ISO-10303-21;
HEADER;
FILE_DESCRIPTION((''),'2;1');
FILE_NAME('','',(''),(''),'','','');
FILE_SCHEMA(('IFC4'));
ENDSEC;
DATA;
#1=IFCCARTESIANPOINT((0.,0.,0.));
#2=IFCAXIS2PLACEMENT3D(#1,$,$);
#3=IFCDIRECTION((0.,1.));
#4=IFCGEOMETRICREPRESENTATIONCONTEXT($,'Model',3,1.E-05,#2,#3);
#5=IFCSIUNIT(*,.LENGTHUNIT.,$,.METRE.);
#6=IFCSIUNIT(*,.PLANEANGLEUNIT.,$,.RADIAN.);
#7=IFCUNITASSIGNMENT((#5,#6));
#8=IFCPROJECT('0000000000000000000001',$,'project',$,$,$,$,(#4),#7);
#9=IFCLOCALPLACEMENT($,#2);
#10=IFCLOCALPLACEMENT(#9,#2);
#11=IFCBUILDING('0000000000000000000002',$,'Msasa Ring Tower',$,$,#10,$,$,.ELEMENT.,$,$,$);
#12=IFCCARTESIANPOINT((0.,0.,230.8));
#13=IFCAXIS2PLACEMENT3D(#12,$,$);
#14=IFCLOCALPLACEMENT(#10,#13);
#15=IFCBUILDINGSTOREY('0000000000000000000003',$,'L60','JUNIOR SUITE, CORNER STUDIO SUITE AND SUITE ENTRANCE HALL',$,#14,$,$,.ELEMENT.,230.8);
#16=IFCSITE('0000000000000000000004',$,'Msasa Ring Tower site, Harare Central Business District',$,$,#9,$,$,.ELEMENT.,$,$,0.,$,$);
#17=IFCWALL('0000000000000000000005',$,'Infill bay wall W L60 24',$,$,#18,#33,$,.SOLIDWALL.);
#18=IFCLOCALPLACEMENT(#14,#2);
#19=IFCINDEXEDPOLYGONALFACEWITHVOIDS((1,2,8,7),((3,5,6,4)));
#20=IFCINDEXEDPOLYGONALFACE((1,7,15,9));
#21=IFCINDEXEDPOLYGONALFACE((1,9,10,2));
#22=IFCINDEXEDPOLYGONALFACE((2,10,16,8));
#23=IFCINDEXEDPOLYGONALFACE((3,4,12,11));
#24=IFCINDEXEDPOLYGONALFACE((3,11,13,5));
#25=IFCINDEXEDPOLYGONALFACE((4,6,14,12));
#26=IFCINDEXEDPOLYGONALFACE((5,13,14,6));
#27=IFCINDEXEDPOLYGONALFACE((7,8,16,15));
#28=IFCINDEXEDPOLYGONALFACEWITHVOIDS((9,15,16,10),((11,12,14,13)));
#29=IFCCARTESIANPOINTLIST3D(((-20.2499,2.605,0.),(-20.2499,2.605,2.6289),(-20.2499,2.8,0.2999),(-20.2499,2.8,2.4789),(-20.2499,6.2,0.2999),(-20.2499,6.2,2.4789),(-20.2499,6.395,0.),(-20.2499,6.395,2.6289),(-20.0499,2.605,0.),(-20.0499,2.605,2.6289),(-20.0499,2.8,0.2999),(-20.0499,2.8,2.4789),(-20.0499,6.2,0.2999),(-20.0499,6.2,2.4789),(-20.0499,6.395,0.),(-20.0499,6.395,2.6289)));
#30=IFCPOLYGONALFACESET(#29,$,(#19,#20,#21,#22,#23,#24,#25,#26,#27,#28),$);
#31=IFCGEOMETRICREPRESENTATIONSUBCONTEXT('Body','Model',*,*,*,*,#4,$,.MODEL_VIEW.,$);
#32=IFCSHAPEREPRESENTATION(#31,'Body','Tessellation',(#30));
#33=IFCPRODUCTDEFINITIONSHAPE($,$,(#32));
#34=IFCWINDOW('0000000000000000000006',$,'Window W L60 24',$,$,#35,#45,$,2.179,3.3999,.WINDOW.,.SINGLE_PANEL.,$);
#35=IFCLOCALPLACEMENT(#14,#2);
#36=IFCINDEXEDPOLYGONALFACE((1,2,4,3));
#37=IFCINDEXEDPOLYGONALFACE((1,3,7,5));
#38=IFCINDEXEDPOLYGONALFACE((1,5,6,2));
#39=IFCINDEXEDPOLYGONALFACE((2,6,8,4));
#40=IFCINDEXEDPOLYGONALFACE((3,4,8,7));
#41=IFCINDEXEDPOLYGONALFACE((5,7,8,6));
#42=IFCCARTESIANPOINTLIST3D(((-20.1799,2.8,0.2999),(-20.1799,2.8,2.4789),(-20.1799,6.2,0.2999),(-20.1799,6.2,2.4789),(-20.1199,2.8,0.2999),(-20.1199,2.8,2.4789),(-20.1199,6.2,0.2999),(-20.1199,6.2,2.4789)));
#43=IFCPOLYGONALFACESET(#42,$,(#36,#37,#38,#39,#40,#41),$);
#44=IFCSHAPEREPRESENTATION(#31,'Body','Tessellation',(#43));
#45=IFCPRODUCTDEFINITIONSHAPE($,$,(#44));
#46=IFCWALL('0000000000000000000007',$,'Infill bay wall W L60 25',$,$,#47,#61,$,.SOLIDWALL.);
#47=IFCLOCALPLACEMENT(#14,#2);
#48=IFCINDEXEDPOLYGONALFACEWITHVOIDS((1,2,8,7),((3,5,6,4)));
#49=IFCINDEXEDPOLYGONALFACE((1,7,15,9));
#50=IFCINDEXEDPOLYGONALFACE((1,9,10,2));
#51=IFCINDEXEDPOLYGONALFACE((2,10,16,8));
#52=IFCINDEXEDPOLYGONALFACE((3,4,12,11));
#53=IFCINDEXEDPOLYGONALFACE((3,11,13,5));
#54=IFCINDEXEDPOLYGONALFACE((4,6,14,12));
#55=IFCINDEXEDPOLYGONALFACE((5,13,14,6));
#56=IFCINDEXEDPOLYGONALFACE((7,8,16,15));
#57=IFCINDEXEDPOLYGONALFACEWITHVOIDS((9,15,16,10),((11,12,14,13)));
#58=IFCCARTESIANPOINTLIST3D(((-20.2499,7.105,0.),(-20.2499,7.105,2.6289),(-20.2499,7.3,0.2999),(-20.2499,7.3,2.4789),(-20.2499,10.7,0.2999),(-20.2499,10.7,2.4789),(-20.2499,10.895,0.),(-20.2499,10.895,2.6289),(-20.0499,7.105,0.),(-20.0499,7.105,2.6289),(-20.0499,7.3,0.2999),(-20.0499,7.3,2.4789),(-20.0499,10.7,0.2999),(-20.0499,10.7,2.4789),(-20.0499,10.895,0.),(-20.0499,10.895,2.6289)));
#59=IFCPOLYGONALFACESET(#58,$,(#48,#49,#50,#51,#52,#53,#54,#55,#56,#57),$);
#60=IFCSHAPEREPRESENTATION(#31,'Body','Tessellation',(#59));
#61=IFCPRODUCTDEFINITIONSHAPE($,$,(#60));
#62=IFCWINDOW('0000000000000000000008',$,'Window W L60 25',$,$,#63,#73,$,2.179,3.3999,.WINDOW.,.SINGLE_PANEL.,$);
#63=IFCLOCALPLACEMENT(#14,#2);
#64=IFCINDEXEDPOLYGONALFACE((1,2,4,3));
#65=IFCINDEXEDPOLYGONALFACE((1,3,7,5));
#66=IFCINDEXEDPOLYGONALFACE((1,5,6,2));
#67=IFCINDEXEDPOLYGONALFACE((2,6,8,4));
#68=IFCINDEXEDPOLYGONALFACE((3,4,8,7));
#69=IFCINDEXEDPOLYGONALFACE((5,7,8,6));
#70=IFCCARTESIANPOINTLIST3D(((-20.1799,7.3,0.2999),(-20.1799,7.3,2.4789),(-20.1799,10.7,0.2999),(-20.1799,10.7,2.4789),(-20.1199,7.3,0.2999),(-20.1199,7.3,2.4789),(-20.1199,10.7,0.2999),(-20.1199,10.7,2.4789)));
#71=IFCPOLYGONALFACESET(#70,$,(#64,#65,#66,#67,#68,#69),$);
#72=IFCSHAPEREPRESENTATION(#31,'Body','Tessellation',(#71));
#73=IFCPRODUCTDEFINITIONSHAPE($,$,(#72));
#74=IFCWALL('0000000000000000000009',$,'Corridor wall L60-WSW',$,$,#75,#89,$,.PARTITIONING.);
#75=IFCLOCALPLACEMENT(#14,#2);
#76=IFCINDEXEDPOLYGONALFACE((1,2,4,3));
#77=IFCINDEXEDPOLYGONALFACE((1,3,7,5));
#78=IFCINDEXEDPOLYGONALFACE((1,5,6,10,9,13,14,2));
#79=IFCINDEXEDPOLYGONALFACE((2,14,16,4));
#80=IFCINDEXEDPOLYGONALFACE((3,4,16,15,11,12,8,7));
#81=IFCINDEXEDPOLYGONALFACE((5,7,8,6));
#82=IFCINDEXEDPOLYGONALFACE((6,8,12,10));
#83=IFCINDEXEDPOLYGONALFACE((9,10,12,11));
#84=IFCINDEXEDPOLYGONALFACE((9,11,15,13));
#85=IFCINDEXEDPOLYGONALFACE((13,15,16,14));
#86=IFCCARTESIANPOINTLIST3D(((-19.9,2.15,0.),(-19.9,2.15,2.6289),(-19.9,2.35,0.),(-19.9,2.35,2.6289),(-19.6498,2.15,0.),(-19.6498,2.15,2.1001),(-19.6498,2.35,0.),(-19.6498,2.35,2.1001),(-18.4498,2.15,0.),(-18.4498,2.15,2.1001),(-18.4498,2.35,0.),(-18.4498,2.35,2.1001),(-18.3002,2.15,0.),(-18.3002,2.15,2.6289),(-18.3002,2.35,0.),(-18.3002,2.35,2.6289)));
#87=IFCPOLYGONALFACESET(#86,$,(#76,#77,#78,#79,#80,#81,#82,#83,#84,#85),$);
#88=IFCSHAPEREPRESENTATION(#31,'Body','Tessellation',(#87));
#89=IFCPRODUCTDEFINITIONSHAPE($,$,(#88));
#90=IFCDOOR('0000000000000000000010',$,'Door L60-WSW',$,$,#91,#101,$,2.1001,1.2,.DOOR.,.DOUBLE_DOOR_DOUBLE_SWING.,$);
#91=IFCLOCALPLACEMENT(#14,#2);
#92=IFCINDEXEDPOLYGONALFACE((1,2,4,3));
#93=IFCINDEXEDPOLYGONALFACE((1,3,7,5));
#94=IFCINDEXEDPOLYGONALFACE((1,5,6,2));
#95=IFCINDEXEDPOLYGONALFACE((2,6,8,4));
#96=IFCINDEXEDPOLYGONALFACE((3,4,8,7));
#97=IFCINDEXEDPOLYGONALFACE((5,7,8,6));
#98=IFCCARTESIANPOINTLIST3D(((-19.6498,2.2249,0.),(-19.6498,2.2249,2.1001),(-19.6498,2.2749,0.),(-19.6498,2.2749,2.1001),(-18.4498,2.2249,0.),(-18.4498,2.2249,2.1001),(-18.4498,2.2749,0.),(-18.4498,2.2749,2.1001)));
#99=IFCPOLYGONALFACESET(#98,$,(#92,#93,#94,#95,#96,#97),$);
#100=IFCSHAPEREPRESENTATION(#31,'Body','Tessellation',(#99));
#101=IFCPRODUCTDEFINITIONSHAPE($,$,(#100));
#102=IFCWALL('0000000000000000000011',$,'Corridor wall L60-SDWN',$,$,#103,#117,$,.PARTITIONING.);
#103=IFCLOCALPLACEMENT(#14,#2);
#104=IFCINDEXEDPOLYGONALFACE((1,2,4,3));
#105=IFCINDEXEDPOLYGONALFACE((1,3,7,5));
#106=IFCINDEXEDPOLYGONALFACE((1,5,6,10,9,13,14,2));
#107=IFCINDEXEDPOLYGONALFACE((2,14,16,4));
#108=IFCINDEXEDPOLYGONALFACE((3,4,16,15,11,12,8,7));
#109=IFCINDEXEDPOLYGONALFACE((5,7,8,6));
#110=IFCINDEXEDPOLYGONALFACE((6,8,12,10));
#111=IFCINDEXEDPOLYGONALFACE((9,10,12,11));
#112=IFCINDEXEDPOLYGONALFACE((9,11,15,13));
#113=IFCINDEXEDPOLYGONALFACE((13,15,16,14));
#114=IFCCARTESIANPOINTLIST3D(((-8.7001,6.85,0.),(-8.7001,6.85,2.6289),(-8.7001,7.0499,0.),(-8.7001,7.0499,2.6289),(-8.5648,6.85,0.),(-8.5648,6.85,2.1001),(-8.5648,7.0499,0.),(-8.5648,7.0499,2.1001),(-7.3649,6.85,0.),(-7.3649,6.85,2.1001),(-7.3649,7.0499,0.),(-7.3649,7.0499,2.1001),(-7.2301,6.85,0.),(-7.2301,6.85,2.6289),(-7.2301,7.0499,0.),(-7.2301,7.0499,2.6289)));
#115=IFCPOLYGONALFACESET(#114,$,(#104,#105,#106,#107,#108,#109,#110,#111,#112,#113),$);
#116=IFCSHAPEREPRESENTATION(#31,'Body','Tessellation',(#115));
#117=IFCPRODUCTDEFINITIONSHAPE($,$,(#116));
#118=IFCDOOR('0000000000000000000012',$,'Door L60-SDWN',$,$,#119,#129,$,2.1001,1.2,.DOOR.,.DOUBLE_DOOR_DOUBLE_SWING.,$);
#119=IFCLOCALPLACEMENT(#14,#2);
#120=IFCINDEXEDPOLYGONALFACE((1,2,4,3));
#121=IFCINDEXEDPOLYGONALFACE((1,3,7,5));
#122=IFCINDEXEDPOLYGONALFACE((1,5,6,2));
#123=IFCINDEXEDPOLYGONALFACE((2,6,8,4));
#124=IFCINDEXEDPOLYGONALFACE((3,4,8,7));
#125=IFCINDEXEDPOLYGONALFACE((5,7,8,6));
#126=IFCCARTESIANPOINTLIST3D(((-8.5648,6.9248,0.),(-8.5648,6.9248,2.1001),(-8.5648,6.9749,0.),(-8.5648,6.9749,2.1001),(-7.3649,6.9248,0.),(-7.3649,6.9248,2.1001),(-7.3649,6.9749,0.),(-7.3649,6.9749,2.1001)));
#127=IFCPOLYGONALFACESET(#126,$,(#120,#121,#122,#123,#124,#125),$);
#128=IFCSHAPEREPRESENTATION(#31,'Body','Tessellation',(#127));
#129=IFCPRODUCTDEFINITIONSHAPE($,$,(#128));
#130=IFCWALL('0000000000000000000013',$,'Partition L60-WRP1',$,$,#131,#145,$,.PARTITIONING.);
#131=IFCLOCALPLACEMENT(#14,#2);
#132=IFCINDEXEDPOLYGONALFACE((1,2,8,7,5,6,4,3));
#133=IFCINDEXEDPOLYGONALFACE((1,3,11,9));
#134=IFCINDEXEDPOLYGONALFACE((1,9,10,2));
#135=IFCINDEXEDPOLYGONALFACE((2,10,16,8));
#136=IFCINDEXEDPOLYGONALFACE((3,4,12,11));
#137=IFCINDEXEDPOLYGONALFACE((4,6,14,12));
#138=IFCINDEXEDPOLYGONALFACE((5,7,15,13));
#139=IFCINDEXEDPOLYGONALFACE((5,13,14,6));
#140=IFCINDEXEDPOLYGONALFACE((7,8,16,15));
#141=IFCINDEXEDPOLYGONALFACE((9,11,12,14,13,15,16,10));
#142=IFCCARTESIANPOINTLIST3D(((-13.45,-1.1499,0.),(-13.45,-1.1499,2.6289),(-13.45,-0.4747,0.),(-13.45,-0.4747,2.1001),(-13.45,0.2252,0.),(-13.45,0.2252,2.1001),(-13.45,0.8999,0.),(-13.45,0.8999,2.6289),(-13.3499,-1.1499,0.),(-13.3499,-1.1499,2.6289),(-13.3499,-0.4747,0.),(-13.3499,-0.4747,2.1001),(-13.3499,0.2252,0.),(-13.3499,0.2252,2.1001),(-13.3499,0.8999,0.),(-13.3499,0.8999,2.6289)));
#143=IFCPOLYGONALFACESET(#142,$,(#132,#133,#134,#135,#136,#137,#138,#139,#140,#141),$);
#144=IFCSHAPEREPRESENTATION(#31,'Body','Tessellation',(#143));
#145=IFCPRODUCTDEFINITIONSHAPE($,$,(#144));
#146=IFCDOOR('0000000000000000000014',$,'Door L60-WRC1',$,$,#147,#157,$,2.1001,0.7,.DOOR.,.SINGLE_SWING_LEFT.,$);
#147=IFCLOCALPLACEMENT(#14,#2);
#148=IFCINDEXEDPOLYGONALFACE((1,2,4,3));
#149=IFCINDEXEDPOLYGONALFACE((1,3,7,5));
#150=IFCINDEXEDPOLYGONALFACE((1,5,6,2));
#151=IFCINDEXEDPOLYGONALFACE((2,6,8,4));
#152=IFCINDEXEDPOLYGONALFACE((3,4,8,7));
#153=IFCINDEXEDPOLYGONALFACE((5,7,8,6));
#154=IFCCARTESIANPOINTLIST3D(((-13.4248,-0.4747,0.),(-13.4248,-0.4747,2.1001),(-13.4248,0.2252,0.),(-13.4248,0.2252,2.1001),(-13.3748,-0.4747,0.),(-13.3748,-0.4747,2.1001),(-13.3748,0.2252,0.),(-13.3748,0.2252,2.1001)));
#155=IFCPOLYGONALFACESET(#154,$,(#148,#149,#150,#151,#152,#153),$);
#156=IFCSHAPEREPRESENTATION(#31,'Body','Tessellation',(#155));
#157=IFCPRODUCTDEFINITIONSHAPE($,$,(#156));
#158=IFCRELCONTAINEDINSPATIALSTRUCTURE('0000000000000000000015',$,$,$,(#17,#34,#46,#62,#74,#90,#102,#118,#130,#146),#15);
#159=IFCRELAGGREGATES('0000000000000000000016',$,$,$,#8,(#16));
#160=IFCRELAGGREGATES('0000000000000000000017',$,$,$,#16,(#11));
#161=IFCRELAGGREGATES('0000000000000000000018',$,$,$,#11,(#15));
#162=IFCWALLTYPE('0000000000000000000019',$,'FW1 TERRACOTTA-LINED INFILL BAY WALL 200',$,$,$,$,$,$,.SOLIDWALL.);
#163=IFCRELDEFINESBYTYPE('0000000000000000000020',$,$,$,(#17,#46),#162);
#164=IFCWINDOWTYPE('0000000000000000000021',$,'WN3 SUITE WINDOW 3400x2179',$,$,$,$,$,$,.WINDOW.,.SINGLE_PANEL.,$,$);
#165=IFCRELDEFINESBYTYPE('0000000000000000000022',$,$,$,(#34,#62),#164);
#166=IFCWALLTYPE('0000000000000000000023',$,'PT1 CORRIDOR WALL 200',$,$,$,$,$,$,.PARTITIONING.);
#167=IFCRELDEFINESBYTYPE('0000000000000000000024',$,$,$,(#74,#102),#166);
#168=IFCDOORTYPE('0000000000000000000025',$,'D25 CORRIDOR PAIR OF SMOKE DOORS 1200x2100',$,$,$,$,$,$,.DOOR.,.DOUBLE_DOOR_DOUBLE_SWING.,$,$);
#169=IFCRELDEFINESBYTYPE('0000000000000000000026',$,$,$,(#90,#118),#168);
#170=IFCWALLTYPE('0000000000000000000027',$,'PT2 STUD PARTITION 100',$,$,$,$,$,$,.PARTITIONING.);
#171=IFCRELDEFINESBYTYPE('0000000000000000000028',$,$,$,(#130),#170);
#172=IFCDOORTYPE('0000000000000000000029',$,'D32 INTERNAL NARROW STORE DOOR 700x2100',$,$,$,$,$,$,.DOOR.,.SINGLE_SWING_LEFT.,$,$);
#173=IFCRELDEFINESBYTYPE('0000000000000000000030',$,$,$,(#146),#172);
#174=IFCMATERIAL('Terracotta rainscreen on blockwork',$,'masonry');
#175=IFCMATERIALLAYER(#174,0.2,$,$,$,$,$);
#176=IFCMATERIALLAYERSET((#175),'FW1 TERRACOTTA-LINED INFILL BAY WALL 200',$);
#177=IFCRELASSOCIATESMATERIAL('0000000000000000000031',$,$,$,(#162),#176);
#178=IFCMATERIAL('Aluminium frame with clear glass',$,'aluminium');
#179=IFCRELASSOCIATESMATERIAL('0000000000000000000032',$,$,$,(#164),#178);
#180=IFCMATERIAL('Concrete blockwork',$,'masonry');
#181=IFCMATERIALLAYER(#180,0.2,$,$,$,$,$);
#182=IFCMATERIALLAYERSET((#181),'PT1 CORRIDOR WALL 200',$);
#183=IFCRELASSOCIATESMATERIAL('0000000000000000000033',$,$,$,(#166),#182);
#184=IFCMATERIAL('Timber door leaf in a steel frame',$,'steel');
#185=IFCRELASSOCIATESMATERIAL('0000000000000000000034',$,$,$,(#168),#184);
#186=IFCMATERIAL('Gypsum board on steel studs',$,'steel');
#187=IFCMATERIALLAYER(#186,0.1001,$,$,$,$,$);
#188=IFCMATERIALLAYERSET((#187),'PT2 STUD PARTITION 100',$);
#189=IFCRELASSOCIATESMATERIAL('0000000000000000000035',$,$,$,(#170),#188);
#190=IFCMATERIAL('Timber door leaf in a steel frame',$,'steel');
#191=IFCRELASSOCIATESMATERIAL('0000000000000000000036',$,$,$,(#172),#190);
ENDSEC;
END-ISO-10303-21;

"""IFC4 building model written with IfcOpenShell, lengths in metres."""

from ifc_helpers import new_model, si_unit, direction, frame, frame_2d, origin, place, context, subcontext, project, spatial, rectangle, extrude, material, layer, layer_set, type_object, element, fill, save


model = new_model("IFC4")

# Units and contexts
model_context = context("Model", 3, precision=1e-05, world=origin(), true_north=direction((0.0, 1.0)))
body_context = subcontext(model_context, "Body", "Model", "MODEL_VIEW")
ifc_project = project(units=[si_unit("LENGTHUNIT", "METRE"), si_unit("PLANEANGLEUNIT", "RADIAN")], contexts=[model_context])

# Site, building, storey
site_placement = place(None, origin())
site = spatial("IfcSite", under=ifc_project, at=site_placement, Name="Msasa Ring Tower site, Harare Central Business District", CompositionType="ELEMENT", RefElevation=0.0)
building_placement = place(site_placement, origin())
building = spatial("IfcBuilding", under=site, at=building_placement, Name="Msasa Ring Tower", CompositionType="ELEMENT")
storey_placement = place(building_placement, frame((0.0, 0.0, 230.8)))
storey = spatial("IfcBuildingStorey", under=building, at=storey_placement, Name="L60", Description="JUNIOR SUITE, CORNER STUDIO SUITE AND SUITE ENTRANCE HALL", CompositionType="ELEMENT", Elevation=230.8)

# Walls, openings, windows
ifc_material_1 = material(Name="Terracotta rainscreen on blockwork", Category="masonry")
ifc_layer_1 = layer(ifc_material_1, 0.2)
ifc_layer_set_1 = layer_set([ifc_layer_1], Name="FW1 TERRACOTTA-LINED INFILL BAY WALL 200")
wall_type_1 = type_object("IfcWallType", Name="FW1 TERRACOTTA-LINED INFILL BAY WALL 200", PredefinedType="SOLIDWALL", material=ifc_layer_set_1)
wall_1_placement = place(storey_placement, frame((-20.1499, 2.605, 0.0), z_axis=(0.0, 0.0, 1.0), x_axis=(0.0, 1.0, 0.0)))
wall_1 = element("IfcWall", 1, at=wall_1_placement, inside=storey, type_object=wall_type_1, Name="Infill bay wall W L60 24", PredefinedType="SOLIDWALL", context=body_context, shape_type="SweptSolid", body=[
    extrude(rectangle(XDim=3.79, YDim=0.2, at=frame_2d((1.895, 0.0))), origin(), (0.0, 0.0, 1.0), 2.6289),
])
opening_1_placement = place(wall_1_placement, frame((0.1951, 0.0, 0.3)))
opening_1 = element("IfcOpeningElement", 2, at=opening_1_placement, cuts=wall_1, PredefinedType="OPENING", context=body_context, shape_type="SweptSolid", body=[
    extrude(rectangle(XDim=3.3999, YDim=2.179, at=frame_2d((1.7, 1.0894))), frame((0.0, 0.1099, 0.0), z_axis=(0.0, -1.0, 0.0), x_axis=(1.0, 0.0, 0.0)), (0.0, 0.0, 1.0), 0.22),
])
ifc_material_2 = material(Name="Aluminium frame with clear glass", Category="aluminium")
window_type = type_object("IfcWindowType", Name="WN3 SUITE WINDOW 3400x2179", PartitioningType="SINGLE_PANEL", PredefinedType="WINDOW", material=ifc_material_2)
window_1_placement = place(opening_1_placement, origin())
window_1 = element("IfcWindow", 3, at=window_1_placement, inside=storey, type_object=window_type, Name="Window W L60 24", OverallHeight=2.179, OverallWidth=3.3999, PartitioningType="SINGLE_PANEL", PredefinedType="WINDOW", context=body_context, shape_type="SweptSolid", body=[
    extrude(rectangle(XDim=3.3999, YDim=2.179, at=frame_2d((1.7, 1.0894))), frame((0.0, 0.03, 0.0), z_axis=(0.0, -1.0, 0.0), x_axis=(1.0, 0.0, 0.0)), (0.0, 0.0, 1.0), 0.0601),
])
fill(opening_1, window_1)
wall_2_placement = place(storey_placement, frame((-20.1499, 7.105, 0.0), z_axis=(0.0, 0.0, 1.0), x_axis=(0.0, 1.0, 0.0)))
wall_2 = element("IfcWall", 4, at=wall_2_placement, inside=storey, type_object=wall_type_1, Name="Infill bay wall W L60 25", PredefinedType="SOLIDWALL", context=body_context, shape_type="SweptSolid", body=[
    extrude(rectangle(XDim=3.79, YDim=0.2, at=frame_2d((1.895, 0.0))), origin(), (0.0, 0.0, 1.0), 2.6289),
])
opening_2_placement = place(wall_2_placement, frame((0.1951, 0.0, 0.3)))
opening_2 = element("IfcOpeningElement", 5, at=opening_2_placement, cuts=wall_2, PredefinedType="OPENING", context=body_context, shape_type="SweptSolid", body=[
    extrude(rectangle(XDim=3.3999, YDim=2.179, at=frame_2d((1.7, 1.0894))), frame((0.0, 0.1099, 0.0), z_axis=(0.0, -1.0, 0.0), x_axis=(1.0, 0.0, 0.0)), (0.0, 0.0, 1.0), 0.22),
])
window_2_placement = place(opening_2_placement, origin())
window_2 = element("IfcWindow", 6, at=window_2_placement, inside=storey, type_object=window_type, Name="Window W L60 25", OverallHeight=2.179, OverallWidth=3.3999, PartitioningType="SINGLE_PANEL", PredefinedType="WINDOW", context=body_context, shape_type="SweptSolid", body=[
    extrude(rectangle(XDim=3.3999, YDim=2.179, at=frame_2d((1.7, 1.0894))), frame((0.0, 0.03, 0.0), z_axis=(0.0, -1.0, 0.0), x_axis=(1.0, 0.0, 0.0)), (0.0, 0.0, 1.0), 0.0601),
])
fill(opening_2, window_2)

# Walls, openings, doors
ifc_material_3 = material(Name="Concrete blockwork", Category="masonry")
ifc_layer_2 = layer(ifc_material_3, 0.2)
ifc_layer_set_2 = layer_set([ifc_layer_2], Name="PT1 CORRIDOR WALL 200")
wall_type_2 = type_object("IfcWallType", Name="PT1 CORRIDOR WALL 200", PredefinedType="PARTITIONING", material=ifc_layer_set_2)
wall_3_placement = place(storey_placement, frame((-19.8999, 2.25, 0.0), z_axis=(0.0, 0.0, 1.0), x_axis=(1.0, 0.0, 0.0)))
wall_3 = element("IfcWall", 7, at=wall_3_placement, inside=storey, type_object=wall_type_2, Name="Corridor wall L60-WSW", PredefinedType="PARTITIONING", context=body_context, shape_type="SweptSolid", body=[
    extrude(rectangle(XDim=1.5999, YDim=0.2, at=frame_2d((0.7998, 0.0))), origin(), (0.0, 0.0, 1.0), 2.6289),
])
opening_3_placement = place(wall_3_placement, frame((0.25, 0.0, 0.0)))
opening_3 = element("IfcOpeningElement", 8, at=opening_3_placement, cuts=wall_3, PredefinedType="OPENING", context=body_context, shape_type="SweptSolid", body=[
    extrude(rectangle(XDim=1.2, YDim=2.1001, at=frame_2d((0.6001, 1.05))), frame((0.0, 0.1099, 0.0), z_axis=(0.0, -1.0, 0.0), x_axis=(1.0, 0.0, 0.0)), (0.0, 0.0, 1.0), 0.22),
])
ifc_material_4 = material(Name="Timber door leaf in a steel frame", Category="steel")
door_type_1 = type_object("IfcDoorType", Name="D25 CORRIDOR PAIR OF SMOKE DOORS 1200x2100", OperationType="DOUBLE_DOOR_DOUBLE_SWING", PredefinedType="DOOR", material=ifc_material_4)
door_1_placement = place(opening_3_placement, origin())
door_1 = element("IfcDoor", 9, at=door_1_placement, inside=storey, type_object=door_type_1, Name="Door L60-WSW", OperationType="DOUBLE_DOOR_DOUBLE_SWING", OverallHeight=2.1001, OverallWidth=1.2, PredefinedType="DOOR", context=body_context, shape_type="SweptSolid", body=[
    extrude(rectangle(XDim=1.2, YDim=2.1001, at=frame_2d((0.6001, 1.05))), frame((0.0, 0.0249, 0.0), z_axis=(0.0, -1.0, 0.0), x_axis=(1.0, 0.0, 0.0)), (0.0, 0.0, 1.0), 0.05),
])
fill(opening_3, door_1)
wall_4_placement = place(storey_placement, frame((-8.7, 6.95, 0.0), z_axis=(0.0, 0.0, 1.0), x_axis=(1.0, 0.0, 0.0)))
wall_4 = element("IfcWall", 10, at=wall_4_placement, inside=storey, type_object=wall_type_2, Name="Corridor wall L60-SDWN", PredefinedType="PARTITIONING", context=body_context, shape_type="SweptSolid", body=[
    extrude(rectangle(XDim=1.47, YDim=0.2, at=frame_2d((0.7349, 0.0))), origin(), (0.0, 0.0, 1.0), 2.6289),
])
opening_4_placement = place(wall_4_placement, frame((0.135, 0.0, 0.0)))
opening_4 = element("IfcOpeningElement", 11, at=opening_4_placement, cuts=wall_4, PredefinedType="OPENING", context=body_context, shape_type="SweptSolid", body=[
    extrude(rectangle(XDim=1.2, YDim=2.1001, at=frame_2d((0.6001, 1.05))), frame((0.0, 0.1099, 0.0), z_axis=(0.0, -1.0, 0.0), x_axis=(1.0, 0.0, 0.0)), (0.0, 0.0, 1.0), 0.22),
])
door_2_placement = place(opening_4_placement, origin())
door_2 = element("IfcDoor", 12, at=door_2_placement, inside=storey, type_object=door_type_1, Name="Door L60-SDWN", OperationType="DOUBLE_DOOR_DOUBLE_SWING", OverallHeight=2.1001, OverallWidth=1.2, PredefinedType="DOOR", context=body_context, shape_type="SweptSolid", body=[
    extrude(rectangle(XDim=1.2, YDim=2.1001, at=frame_2d((0.6001, 1.05))), frame((0.0, 0.0249, 0.0), z_axis=(0.0, -1.0, 0.0), x_axis=(1.0, 0.0, 0.0)), (0.0, 0.0, 1.0), 0.05),
])
fill(opening_4, door_2)
ifc_material_5 = material(Name="Gypsum board on steel studs", Category="steel")
ifc_layer_3 = layer(ifc_material_5, 0.1001)
ifc_layer_set_3 = layer_set([ifc_layer_3], Name="PT2 STUD PARTITION 100")
wall_type_3 = type_object("IfcWallType", Name="PT2 STUD PARTITION 100", PredefinedType="PARTITIONING", material=ifc_layer_set_3)
wall_5_placement = place(storey_placement, frame((-13.3999, -1.1499, 0.0), z_axis=(0.0, 0.0, 1.0), x_axis=(0.0, 1.0, 0.0)))
wall_5 = element("IfcWall", 13, at=wall_5_placement, inside=storey, type_object=wall_type_3, Name="Partition L60-WRP1", PredefinedType="PARTITIONING", context=body_context, shape_type="SweptSolid", body=[
    extrude(rectangle(XDim=2.0498, YDim=0.1001, at=frame_2d((1.0249, 0.0))), origin(), (0.0, 0.0, 1.0), 2.6289),
])
opening_5_placement = place(wall_5_placement, frame((0.675, 0.0, 0.0)))
opening_5 = element("IfcOpeningElement", 14, at=opening_5_placement, cuts=wall_5, PredefinedType="OPENING", context=body_context, shape_type="SweptSolid", body=[
    extrude(rectangle(XDim=0.7, YDim=2.1001, at=frame_2d((0.3501, 1.05))), frame((0.0, 0.0601, 0.0), z_axis=(0.0, -1.0, 0.0), x_axis=(1.0, 0.0, 0.0)), (0.0, 0.0, 1.0), 0.1201),
])
ifc_material_6 = material(Name="Timber door leaf in a steel frame", Category="steel")
door_type_2 = type_object("IfcDoorType", Name="D32 INTERNAL NARROW STORE DOOR 700x2100", OperationType="SINGLE_SWING_LEFT", PredefinedType="DOOR", material=ifc_material_6)
door_3_placement = place(opening_5_placement, origin())
door_3 = element("IfcDoor", 15, at=door_3_placement, inside=storey, type_object=door_type_2, Name="Door L60-WRC1", OperationType="SINGLE_SWING_LEFT", OverallHeight=2.1001, OverallWidth=0.7, PredefinedType="DOOR", context=body_context, shape_type="SweptSolid", body=[
    extrude(rectangle(XDim=0.7, YDim=2.1001, at=frame_2d((0.3501, 1.05))), frame((0.0, 0.0249, 0.0), z_axis=(0.0, -1.0, 0.0), x_axis=(1.0, 0.0, 0.0)), (0.0, 0.0, 1.0), 0.05),
])
fill(opening_5, door_3)

save(model, "model.ifc")
